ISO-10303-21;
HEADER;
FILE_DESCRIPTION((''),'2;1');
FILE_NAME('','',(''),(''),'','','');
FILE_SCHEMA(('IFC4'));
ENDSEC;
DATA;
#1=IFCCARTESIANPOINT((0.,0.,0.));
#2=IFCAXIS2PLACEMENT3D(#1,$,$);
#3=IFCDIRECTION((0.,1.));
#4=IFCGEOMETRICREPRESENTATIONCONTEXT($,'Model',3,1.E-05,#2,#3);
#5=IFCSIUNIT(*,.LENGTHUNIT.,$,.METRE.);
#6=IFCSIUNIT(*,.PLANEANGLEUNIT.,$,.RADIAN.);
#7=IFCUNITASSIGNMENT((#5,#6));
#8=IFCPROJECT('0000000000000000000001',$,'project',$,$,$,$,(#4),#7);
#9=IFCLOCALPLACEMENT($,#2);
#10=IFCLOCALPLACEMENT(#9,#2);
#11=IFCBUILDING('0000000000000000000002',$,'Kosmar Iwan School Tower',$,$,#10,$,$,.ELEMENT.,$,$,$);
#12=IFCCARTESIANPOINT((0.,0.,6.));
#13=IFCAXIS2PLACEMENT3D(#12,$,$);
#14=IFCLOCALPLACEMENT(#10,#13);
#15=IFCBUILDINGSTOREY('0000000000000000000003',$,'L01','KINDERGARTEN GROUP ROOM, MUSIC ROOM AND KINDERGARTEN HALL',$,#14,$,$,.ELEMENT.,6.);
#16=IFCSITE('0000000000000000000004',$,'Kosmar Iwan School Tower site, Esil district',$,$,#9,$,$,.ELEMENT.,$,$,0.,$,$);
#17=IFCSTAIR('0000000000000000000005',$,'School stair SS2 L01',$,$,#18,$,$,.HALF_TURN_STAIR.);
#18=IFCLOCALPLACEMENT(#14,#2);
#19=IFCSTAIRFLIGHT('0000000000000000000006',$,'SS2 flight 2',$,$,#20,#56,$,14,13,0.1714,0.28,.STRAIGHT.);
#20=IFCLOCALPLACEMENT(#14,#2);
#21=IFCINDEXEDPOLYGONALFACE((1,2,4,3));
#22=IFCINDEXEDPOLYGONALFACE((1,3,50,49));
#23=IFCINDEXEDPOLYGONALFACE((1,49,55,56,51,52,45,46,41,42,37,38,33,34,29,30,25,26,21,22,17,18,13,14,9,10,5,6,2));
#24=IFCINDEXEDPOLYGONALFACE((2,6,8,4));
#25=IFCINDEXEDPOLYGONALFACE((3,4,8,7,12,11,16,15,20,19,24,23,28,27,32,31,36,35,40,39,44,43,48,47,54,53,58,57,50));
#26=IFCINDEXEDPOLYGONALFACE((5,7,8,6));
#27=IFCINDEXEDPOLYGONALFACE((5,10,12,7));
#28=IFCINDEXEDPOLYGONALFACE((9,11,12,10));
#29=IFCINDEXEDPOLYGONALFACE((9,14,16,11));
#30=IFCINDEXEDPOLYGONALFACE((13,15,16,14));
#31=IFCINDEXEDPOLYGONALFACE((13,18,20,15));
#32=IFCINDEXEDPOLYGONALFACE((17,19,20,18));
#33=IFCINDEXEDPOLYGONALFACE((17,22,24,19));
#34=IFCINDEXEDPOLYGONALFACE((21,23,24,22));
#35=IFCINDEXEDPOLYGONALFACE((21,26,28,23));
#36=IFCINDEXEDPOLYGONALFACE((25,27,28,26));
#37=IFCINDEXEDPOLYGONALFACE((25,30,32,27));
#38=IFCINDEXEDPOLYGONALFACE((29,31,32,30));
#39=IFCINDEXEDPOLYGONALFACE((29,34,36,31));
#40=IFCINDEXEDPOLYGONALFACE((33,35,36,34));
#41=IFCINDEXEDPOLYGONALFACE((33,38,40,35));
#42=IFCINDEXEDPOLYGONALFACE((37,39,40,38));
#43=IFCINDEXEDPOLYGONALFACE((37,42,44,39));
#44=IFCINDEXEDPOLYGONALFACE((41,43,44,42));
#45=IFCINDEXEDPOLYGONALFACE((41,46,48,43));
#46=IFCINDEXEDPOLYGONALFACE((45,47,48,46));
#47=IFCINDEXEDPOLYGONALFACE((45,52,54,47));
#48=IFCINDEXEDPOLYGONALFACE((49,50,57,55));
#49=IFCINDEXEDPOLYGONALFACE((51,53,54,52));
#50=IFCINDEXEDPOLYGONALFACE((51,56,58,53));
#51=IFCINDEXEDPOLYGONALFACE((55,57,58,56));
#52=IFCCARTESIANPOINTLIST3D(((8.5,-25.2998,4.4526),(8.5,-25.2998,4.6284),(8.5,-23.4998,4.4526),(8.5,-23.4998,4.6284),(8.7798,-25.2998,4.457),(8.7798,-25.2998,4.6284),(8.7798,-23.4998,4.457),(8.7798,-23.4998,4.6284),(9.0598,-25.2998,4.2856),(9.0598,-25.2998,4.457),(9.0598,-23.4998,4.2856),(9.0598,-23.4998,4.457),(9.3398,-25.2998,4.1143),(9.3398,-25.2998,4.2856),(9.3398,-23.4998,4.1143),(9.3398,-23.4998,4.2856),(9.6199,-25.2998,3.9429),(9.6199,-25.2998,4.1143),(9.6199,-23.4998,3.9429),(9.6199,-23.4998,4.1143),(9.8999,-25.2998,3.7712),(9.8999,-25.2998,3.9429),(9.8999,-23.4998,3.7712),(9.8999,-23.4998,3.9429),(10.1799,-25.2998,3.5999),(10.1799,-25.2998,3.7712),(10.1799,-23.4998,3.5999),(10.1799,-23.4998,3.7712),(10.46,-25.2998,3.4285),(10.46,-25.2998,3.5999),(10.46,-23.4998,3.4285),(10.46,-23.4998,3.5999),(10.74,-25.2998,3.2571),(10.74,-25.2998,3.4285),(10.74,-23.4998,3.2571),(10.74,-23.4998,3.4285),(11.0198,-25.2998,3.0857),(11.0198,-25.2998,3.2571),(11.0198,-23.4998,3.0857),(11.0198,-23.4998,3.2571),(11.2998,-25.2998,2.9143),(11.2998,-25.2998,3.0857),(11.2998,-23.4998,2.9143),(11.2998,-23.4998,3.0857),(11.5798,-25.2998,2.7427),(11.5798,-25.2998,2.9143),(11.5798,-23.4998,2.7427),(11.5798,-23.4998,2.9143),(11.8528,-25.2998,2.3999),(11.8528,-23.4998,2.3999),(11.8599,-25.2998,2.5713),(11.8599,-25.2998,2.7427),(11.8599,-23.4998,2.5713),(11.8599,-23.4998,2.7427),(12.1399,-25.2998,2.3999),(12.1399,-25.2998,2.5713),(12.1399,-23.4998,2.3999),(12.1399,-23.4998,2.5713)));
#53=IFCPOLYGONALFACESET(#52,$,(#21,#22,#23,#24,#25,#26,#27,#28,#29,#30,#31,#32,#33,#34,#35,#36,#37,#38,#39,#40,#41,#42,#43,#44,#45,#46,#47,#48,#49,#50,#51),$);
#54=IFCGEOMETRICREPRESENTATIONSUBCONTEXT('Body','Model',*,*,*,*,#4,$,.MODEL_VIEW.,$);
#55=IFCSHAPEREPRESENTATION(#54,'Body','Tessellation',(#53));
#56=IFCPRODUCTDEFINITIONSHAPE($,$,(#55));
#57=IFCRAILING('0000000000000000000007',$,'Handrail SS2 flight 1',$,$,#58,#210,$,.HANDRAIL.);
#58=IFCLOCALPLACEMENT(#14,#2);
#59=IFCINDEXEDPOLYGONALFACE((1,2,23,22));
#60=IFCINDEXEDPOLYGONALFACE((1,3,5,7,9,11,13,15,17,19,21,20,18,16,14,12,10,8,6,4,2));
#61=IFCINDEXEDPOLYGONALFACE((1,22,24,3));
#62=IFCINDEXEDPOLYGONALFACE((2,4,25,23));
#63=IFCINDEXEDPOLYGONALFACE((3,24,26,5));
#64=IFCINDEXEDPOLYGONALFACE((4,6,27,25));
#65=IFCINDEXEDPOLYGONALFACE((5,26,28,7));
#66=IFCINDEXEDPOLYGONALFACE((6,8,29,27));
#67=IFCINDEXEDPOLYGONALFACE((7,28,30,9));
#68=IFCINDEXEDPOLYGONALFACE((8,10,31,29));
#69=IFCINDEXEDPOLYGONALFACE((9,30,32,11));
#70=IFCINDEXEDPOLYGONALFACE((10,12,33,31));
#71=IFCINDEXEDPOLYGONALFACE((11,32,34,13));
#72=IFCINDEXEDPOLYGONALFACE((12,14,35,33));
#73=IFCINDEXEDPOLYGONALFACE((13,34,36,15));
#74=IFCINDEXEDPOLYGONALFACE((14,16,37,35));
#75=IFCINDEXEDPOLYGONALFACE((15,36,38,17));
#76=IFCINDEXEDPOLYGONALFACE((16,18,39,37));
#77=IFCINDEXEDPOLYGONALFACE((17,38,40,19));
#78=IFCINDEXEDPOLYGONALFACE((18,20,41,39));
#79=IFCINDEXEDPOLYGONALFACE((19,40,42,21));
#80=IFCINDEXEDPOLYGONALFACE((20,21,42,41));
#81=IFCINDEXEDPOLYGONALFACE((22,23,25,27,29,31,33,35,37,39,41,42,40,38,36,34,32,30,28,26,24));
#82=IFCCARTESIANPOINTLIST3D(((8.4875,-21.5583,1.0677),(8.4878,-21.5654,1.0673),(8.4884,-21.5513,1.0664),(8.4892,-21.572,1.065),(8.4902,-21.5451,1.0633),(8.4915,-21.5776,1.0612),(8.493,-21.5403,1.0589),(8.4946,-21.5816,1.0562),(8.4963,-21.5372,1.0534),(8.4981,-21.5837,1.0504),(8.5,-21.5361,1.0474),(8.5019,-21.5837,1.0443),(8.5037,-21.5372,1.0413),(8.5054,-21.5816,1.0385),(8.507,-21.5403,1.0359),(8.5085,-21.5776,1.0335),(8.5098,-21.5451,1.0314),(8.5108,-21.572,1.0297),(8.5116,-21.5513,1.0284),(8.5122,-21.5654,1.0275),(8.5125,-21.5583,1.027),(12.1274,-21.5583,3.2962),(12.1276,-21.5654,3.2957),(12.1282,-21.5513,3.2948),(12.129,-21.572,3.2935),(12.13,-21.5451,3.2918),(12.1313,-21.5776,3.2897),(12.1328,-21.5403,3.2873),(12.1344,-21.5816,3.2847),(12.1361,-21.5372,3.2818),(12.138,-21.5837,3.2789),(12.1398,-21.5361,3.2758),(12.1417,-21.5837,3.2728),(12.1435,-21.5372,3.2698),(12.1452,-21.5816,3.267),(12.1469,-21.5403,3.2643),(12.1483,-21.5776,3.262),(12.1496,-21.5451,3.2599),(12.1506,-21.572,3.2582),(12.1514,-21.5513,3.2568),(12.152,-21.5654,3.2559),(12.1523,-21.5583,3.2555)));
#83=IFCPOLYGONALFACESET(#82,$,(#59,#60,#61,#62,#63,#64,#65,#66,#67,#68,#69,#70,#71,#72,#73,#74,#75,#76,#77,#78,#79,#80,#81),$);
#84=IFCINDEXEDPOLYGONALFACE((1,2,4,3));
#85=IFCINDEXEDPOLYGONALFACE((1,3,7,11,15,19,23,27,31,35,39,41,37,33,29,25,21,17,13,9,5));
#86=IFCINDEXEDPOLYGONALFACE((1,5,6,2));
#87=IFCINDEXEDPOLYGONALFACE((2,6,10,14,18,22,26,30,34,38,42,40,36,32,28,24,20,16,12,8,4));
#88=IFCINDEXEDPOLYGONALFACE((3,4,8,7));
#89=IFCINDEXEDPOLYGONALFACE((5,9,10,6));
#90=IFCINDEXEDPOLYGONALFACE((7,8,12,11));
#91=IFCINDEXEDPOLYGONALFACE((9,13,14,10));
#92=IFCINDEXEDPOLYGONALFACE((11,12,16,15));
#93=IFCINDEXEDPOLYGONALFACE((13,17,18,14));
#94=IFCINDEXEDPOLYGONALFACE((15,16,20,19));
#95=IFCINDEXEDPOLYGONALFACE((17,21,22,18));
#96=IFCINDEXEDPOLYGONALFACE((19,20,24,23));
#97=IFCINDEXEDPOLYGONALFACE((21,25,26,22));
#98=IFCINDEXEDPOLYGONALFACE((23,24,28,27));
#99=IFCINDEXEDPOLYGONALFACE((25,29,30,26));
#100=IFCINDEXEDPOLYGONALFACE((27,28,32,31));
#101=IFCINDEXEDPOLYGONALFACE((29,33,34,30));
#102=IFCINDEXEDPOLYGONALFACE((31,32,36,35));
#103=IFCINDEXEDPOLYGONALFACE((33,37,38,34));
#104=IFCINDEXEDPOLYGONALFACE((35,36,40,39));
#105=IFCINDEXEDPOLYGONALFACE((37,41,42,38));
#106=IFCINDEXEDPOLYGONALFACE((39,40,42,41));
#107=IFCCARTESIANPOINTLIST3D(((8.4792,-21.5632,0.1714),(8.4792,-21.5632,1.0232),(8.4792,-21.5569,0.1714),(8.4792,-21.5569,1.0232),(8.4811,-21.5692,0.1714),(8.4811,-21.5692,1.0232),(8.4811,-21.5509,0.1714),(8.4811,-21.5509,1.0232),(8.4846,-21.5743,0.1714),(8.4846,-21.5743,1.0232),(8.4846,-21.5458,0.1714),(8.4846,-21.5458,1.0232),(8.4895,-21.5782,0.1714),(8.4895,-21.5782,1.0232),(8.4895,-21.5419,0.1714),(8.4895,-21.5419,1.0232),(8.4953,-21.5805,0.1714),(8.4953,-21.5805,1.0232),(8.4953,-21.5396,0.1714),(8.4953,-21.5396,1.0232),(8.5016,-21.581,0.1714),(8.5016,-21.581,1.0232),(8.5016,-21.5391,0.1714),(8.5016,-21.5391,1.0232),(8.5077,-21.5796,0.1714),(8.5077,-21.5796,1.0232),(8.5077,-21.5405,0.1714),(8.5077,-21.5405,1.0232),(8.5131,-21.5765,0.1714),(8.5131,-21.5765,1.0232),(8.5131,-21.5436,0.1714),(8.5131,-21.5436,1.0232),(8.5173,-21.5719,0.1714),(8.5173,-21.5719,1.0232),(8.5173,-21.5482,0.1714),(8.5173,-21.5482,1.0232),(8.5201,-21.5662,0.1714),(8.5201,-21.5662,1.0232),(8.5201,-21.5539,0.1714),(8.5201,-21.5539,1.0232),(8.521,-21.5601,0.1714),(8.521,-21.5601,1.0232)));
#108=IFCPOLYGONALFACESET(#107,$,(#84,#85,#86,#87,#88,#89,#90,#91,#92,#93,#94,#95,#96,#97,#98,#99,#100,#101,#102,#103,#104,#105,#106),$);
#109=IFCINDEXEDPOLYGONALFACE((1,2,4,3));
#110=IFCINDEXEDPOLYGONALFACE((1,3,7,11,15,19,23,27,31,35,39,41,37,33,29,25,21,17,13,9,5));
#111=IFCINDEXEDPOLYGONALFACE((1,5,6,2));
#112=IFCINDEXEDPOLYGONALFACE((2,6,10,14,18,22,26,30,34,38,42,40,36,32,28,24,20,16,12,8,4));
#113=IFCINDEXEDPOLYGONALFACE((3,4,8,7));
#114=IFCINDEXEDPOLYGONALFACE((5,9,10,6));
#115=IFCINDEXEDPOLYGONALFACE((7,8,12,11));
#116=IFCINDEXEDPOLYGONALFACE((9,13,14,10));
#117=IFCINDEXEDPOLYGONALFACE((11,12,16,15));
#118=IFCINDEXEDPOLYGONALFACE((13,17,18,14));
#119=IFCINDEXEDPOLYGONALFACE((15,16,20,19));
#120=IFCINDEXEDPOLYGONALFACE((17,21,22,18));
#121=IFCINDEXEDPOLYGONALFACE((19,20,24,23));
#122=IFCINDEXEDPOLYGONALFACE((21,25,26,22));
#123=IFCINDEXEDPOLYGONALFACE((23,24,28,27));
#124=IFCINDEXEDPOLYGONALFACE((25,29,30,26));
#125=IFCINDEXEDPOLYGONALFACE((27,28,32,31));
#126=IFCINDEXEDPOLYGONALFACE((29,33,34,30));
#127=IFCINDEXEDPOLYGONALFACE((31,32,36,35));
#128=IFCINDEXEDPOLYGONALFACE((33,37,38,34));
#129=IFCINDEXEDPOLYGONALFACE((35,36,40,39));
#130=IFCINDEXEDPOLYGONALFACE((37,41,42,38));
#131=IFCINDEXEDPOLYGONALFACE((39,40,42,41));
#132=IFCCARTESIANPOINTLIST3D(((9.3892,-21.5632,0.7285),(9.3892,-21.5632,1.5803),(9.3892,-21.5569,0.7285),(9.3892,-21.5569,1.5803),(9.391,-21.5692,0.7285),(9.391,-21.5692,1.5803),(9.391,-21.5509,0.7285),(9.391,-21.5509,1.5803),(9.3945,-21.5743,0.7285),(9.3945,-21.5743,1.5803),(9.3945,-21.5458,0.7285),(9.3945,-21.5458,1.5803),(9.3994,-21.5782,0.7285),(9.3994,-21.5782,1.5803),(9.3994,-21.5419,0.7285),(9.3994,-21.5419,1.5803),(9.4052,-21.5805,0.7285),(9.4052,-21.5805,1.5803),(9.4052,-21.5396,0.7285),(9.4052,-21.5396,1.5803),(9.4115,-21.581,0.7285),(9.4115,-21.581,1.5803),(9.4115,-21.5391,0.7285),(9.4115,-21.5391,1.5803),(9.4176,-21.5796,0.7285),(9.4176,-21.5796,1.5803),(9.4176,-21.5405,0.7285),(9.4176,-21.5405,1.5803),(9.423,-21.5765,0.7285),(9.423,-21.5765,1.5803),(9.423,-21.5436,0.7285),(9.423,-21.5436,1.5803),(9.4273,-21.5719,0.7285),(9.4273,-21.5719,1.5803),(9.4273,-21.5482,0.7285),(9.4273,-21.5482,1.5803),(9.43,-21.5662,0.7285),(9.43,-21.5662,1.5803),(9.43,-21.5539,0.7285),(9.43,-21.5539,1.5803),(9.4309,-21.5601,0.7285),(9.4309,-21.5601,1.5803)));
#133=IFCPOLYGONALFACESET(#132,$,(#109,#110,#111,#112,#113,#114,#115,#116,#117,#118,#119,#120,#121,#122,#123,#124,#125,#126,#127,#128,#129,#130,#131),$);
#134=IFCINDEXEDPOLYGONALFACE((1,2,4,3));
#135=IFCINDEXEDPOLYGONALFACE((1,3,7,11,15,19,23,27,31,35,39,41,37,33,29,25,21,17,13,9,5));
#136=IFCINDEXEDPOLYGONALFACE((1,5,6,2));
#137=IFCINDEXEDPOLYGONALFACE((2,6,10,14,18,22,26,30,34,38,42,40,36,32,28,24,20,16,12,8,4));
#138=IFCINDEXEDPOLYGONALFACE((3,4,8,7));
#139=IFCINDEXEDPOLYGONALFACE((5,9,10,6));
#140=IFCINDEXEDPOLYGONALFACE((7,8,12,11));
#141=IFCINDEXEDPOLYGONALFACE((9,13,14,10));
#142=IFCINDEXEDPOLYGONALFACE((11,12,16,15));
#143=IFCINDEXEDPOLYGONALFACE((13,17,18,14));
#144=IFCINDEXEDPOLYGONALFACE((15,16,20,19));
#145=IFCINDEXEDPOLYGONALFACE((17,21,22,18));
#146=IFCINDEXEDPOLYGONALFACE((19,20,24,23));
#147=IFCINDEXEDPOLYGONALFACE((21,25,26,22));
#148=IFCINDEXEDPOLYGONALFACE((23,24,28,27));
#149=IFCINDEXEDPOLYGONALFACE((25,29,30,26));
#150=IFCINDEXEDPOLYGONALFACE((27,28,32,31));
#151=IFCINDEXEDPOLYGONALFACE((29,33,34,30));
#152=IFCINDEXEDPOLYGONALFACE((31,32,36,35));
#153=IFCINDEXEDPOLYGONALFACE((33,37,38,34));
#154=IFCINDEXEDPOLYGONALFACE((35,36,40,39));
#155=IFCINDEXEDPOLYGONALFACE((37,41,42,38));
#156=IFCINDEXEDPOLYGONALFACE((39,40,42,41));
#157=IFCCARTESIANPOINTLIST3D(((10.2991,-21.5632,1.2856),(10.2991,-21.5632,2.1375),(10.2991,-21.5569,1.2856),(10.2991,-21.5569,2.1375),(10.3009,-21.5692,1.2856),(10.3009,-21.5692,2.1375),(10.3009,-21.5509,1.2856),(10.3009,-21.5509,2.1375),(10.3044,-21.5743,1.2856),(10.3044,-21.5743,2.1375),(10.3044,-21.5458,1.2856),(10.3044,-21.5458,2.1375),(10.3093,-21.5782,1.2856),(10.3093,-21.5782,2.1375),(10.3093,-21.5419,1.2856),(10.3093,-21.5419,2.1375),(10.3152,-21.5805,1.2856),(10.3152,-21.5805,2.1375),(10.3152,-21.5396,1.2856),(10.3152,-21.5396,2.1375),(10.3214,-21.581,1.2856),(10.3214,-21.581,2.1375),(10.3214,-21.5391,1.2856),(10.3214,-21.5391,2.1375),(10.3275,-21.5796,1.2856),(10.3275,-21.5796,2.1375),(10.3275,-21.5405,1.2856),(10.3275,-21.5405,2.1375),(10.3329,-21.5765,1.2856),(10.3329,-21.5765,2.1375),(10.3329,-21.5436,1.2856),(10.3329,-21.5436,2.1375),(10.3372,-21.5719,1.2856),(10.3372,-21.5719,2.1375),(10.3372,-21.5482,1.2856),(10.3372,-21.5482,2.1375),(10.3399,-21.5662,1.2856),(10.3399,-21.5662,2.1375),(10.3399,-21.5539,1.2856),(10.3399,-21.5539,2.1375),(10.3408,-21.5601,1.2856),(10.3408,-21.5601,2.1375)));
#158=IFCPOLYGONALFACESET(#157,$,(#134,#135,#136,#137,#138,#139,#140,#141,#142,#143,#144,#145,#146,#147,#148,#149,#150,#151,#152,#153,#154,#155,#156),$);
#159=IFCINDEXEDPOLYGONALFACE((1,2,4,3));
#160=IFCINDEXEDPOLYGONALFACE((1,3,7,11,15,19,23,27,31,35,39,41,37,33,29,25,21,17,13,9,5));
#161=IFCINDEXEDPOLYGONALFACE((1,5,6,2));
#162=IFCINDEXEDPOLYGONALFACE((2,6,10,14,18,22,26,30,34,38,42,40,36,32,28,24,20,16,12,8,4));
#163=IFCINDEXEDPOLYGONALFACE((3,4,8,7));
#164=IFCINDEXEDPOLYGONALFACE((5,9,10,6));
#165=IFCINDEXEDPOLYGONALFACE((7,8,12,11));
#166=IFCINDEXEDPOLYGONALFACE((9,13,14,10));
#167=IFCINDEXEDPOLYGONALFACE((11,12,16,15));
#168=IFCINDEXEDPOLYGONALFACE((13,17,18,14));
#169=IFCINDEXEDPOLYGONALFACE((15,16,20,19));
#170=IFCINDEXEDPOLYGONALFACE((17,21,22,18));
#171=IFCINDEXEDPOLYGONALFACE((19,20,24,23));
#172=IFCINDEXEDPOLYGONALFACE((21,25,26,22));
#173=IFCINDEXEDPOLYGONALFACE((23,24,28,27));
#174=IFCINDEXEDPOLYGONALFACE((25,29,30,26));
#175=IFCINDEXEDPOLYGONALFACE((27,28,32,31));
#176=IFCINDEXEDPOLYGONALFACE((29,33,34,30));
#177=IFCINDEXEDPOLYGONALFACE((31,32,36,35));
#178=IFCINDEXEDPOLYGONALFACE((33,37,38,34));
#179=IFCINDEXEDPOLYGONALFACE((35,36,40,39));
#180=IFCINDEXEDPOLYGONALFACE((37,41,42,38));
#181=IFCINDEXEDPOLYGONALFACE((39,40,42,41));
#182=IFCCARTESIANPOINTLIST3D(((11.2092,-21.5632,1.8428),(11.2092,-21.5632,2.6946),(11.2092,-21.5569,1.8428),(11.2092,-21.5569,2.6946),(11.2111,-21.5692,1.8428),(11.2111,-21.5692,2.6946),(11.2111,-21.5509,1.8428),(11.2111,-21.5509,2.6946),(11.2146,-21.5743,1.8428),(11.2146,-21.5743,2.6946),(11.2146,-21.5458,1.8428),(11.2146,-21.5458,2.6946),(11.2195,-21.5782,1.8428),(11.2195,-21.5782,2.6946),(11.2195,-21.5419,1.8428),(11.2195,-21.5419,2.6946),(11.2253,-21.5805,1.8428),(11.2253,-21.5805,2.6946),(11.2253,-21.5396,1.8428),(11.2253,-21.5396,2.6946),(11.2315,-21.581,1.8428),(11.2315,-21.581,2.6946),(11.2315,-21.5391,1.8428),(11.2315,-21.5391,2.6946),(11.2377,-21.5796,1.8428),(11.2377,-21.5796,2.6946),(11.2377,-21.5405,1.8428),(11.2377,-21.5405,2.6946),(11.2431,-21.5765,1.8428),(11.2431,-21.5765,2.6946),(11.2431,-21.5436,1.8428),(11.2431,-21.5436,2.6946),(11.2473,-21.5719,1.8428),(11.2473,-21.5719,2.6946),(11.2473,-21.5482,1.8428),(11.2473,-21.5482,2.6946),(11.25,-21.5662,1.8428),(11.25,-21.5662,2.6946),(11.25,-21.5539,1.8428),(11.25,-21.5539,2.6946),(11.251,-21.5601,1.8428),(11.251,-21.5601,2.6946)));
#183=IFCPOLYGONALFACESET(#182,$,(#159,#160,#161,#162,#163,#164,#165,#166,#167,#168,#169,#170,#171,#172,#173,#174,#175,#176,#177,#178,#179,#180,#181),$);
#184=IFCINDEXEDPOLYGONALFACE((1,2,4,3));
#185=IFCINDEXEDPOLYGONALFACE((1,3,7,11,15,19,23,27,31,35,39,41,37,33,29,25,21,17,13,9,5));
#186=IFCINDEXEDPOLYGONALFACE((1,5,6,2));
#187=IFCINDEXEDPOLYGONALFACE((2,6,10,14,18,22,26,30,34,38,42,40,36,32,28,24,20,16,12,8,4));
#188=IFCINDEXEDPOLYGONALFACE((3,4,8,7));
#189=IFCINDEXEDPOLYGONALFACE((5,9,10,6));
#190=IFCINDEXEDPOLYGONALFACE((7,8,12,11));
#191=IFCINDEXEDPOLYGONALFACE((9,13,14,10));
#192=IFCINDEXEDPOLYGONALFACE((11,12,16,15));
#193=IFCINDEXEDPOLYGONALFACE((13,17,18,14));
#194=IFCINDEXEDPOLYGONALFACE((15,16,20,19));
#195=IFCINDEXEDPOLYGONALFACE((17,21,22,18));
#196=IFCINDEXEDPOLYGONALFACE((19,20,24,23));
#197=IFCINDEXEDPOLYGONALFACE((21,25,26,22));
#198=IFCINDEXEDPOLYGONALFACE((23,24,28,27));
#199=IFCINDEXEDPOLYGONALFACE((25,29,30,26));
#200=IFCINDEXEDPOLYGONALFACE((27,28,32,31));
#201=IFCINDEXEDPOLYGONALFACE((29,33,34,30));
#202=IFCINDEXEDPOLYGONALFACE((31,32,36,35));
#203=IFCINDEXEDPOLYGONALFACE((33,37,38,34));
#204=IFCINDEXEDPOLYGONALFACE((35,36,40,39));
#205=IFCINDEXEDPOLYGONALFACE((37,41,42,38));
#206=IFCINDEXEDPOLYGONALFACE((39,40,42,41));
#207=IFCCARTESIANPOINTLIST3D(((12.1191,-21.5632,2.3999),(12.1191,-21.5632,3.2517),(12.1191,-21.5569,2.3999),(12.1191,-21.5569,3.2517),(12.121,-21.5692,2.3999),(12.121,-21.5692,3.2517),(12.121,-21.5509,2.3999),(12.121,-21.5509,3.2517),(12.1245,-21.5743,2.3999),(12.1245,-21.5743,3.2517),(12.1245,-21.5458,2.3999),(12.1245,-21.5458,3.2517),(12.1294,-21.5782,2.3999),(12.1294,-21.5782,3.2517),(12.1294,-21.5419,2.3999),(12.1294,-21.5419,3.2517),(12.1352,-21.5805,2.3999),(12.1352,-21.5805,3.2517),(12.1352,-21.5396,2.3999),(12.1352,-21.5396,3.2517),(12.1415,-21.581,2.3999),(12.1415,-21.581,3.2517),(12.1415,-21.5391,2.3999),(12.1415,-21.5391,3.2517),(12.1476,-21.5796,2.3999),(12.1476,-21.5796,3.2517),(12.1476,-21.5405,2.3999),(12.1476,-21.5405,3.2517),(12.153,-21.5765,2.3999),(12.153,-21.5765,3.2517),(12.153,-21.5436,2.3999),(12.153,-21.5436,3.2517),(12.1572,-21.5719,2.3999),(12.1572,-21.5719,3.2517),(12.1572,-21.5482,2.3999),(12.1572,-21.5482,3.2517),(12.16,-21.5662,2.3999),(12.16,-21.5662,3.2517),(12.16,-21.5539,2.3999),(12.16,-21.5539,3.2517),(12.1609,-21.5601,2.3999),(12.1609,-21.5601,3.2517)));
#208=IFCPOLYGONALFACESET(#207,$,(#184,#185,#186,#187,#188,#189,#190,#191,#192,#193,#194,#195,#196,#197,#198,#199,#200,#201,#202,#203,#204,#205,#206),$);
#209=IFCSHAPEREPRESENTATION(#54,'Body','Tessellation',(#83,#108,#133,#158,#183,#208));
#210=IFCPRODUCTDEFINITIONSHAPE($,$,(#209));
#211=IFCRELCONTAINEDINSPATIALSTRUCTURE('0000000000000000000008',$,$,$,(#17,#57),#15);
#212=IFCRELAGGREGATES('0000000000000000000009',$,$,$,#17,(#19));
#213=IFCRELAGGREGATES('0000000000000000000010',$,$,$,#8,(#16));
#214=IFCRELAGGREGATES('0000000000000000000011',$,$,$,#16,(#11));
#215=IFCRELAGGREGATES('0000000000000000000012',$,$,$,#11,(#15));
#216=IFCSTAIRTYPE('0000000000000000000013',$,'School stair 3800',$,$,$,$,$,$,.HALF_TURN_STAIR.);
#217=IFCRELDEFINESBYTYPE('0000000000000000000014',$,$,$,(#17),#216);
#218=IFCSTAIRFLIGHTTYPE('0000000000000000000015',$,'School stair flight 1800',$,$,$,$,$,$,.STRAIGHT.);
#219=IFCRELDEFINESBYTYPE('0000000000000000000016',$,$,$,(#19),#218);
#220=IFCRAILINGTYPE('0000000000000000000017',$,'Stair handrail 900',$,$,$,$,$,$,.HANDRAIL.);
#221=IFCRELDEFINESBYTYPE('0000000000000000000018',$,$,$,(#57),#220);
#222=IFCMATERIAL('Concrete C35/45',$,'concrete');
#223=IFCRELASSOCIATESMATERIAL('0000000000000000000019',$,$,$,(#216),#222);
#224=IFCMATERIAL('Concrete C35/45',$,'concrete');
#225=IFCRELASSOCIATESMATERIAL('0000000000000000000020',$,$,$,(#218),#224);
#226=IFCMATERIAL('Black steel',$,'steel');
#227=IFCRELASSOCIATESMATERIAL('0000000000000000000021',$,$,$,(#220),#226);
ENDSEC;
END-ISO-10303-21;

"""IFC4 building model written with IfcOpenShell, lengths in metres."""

from ifc_helpers import new_model, si_unit, direction, frame, origin, origin_2d, place, context, subcontext, project, spatial, polyline, circle, outline, extrude, material, type_object, element, aggregate, save


model = new_model("IFC4")

# Units and contexts
model_context = context("Model", 3, precision=1e-05, world=origin(), true_north=direction((0.0, 1.0)))
body_context = subcontext(model_context, "Body", "Model", "MODEL_VIEW")
ifc_project = project(units=[si_unit("LENGTHUNIT", "METRE"), si_unit("PLANEANGLEUNIT", "RADIAN")], contexts=[model_context])

# Site, building, storey
site_placement = place(None, origin())
site = spatial("IfcSite", under=ifc_project, at=site_placement, Name="Kosmar Iwan School Tower site, Esil district", CompositionType="ELEMENT", RefElevation=0.0)
building_placement = place(site_placement, origin())
building = spatial("IfcBuilding", under=site, at=building_placement, Name="Kosmar Iwan School Tower", CompositionType="ELEMENT")
storey_placement = place(building_placement, frame((0.0, 0.0, 6.0)))
storey = spatial("IfcBuildingStorey", under=building, at=storey_placement, Name="L01", Description="KINDERGARTEN GROUP ROOM, MUSIC ROOM AND KINDERGARTEN HALL", CompositionType="ELEMENT", Elevation=6.0)

# Stair, stair flight
ifc_material_1 = material(Name="Concrete C35/45", Category="concrete")
stair_type = type_object("IfcStairType", Name="School stair 3800", PredefinedType="HALF_TURN_STAIR", material=ifc_material_1)
stair_placement = place(storey_placement, origin())
stair = element("IfcStair", 1, at=stair_placement, inside=storey, type_object=stair_type, Name="School stair SS2 L01", PredefinedType="HALF_TURN_STAIR")
ifc_material_2 = material(Name="Concrete C35/45", Category="concrete")
stair_flight_type = type_object("IfcStairFlightType", Name="School stair flight 1800", PredefinedType="STRAIGHT", material=ifc_material_2)
stair_flight_1_placement = place(storey_placement, frame((12.1399, -24.3999, 2.3999), z_axis=(0.0, 0.0, 1.0), x_axis=(-1.0, 0.0, 0.0)))
stair_flight_1 = element("IfcStairFlight", 2, at=stair_flight_1_placement, type_object=stair_flight_type, Name="SS2 flight 2", NumberOfRisers=14, NumberOfTreads=13, PredefinedType="STRAIGHT", RiserHeight=0.1714, TreadLength=0.28, context=body_context, shape_type="SweptSolid", body=[
    extrude(outline(polyline([(0.0, 0.0), (0.0, 0.1714), (0.28, 0.1714), (0.28, 0.3428), (0.5601, 0.3428), (0.5601, 0.5144), (0.8401, 0.5144), (0.8401, 0.6858), (1.1201, 0.6858), (1.1201, 0.8572), (1.3999, 0.8572), (1.3999, 1.0286), (1.6799, 1.0286), (1.6799, 1.2), (1.96, 1.2), (1.96, 1.3713), (2.24, 1.3713), (2.24, 1.543), (2.52, 1.543), (2.52, 1.7144), (2.8, 1.7144), (2.8, 1.8857), (3.0801, 1.8857), (3.0801, 2.0571), (3.3601, 2.0571), (3.3601, 2.2285), (3.6399, 2.2285), (3.6399, 2.3999), (3.6399, 2.0527), (0.2871, 0.0), (0.0, 0.0)])), frame((0.0, 0.8999, 0.0), z_axis=(0.0, -1.0, 0.0), x_axis=(1.0, 0.0, 0.0)), (0.0, 0.0, 1.0), 1.8),
])
aggregate(stair, [stair_flight_1])

# Railing
ifc_material_3 = material(Name="Black steel", Category="steel")
railing_type = type_object("IfcRailingType", Name="Stair handrail 900", PredefinedType="HANDRAIL", material=ifc_material_3)
railing_1_placement = place(storey_placement, frame((8.5, -21.5601, 0.1714)))
element("IfcRailing", 3, at=railing_1_placement, inside=storey, type_object=railing_type, Name="Handrail SS2 flight 1", PredefinedType="HANDRAIL", context=body_context, shape_type="SweptSolid", body=[
    extrude(circle(Radius=0.0239, at=origin_2d()), frame((0.0, 0.0, 0.876), z_axis=(0.85285, 0.0, 0.522156), x_axis=(0.0, 1.0, 0.0)), (0.0, 0.0, 1.0), 4.2678),
    extrude(circle(Radius=0.021, at=origin_2d()), origin(), (0.0, 0.0, 1.0), 0.8518),
    extrude(circle(Radius=0.021, at=origin_2d()), frame((0.9099, 0.0, 0.5571)), (0.0, 0.0, 1.0), 0.8518),
    extrude(circle(Radius=0.021, at=origin_2d()), frame((1.8198, 0.0, 1.1143)), (0.0, 0.0, 1.0), 0.8518),
    extrude(circle(Radius=0.021, at=origin_2d()), frame((2.73, 0.0, 1.6714)), (0.0, 0.0, 1.0), 0.8518),
    extrude(circle(Radius=0.021, at=origin_2d()), frame((3.6399, 0.0, 2.2285)), (0.0, 0.0, 1.0), 0.8518),
])

save(model, "model.ifc")
